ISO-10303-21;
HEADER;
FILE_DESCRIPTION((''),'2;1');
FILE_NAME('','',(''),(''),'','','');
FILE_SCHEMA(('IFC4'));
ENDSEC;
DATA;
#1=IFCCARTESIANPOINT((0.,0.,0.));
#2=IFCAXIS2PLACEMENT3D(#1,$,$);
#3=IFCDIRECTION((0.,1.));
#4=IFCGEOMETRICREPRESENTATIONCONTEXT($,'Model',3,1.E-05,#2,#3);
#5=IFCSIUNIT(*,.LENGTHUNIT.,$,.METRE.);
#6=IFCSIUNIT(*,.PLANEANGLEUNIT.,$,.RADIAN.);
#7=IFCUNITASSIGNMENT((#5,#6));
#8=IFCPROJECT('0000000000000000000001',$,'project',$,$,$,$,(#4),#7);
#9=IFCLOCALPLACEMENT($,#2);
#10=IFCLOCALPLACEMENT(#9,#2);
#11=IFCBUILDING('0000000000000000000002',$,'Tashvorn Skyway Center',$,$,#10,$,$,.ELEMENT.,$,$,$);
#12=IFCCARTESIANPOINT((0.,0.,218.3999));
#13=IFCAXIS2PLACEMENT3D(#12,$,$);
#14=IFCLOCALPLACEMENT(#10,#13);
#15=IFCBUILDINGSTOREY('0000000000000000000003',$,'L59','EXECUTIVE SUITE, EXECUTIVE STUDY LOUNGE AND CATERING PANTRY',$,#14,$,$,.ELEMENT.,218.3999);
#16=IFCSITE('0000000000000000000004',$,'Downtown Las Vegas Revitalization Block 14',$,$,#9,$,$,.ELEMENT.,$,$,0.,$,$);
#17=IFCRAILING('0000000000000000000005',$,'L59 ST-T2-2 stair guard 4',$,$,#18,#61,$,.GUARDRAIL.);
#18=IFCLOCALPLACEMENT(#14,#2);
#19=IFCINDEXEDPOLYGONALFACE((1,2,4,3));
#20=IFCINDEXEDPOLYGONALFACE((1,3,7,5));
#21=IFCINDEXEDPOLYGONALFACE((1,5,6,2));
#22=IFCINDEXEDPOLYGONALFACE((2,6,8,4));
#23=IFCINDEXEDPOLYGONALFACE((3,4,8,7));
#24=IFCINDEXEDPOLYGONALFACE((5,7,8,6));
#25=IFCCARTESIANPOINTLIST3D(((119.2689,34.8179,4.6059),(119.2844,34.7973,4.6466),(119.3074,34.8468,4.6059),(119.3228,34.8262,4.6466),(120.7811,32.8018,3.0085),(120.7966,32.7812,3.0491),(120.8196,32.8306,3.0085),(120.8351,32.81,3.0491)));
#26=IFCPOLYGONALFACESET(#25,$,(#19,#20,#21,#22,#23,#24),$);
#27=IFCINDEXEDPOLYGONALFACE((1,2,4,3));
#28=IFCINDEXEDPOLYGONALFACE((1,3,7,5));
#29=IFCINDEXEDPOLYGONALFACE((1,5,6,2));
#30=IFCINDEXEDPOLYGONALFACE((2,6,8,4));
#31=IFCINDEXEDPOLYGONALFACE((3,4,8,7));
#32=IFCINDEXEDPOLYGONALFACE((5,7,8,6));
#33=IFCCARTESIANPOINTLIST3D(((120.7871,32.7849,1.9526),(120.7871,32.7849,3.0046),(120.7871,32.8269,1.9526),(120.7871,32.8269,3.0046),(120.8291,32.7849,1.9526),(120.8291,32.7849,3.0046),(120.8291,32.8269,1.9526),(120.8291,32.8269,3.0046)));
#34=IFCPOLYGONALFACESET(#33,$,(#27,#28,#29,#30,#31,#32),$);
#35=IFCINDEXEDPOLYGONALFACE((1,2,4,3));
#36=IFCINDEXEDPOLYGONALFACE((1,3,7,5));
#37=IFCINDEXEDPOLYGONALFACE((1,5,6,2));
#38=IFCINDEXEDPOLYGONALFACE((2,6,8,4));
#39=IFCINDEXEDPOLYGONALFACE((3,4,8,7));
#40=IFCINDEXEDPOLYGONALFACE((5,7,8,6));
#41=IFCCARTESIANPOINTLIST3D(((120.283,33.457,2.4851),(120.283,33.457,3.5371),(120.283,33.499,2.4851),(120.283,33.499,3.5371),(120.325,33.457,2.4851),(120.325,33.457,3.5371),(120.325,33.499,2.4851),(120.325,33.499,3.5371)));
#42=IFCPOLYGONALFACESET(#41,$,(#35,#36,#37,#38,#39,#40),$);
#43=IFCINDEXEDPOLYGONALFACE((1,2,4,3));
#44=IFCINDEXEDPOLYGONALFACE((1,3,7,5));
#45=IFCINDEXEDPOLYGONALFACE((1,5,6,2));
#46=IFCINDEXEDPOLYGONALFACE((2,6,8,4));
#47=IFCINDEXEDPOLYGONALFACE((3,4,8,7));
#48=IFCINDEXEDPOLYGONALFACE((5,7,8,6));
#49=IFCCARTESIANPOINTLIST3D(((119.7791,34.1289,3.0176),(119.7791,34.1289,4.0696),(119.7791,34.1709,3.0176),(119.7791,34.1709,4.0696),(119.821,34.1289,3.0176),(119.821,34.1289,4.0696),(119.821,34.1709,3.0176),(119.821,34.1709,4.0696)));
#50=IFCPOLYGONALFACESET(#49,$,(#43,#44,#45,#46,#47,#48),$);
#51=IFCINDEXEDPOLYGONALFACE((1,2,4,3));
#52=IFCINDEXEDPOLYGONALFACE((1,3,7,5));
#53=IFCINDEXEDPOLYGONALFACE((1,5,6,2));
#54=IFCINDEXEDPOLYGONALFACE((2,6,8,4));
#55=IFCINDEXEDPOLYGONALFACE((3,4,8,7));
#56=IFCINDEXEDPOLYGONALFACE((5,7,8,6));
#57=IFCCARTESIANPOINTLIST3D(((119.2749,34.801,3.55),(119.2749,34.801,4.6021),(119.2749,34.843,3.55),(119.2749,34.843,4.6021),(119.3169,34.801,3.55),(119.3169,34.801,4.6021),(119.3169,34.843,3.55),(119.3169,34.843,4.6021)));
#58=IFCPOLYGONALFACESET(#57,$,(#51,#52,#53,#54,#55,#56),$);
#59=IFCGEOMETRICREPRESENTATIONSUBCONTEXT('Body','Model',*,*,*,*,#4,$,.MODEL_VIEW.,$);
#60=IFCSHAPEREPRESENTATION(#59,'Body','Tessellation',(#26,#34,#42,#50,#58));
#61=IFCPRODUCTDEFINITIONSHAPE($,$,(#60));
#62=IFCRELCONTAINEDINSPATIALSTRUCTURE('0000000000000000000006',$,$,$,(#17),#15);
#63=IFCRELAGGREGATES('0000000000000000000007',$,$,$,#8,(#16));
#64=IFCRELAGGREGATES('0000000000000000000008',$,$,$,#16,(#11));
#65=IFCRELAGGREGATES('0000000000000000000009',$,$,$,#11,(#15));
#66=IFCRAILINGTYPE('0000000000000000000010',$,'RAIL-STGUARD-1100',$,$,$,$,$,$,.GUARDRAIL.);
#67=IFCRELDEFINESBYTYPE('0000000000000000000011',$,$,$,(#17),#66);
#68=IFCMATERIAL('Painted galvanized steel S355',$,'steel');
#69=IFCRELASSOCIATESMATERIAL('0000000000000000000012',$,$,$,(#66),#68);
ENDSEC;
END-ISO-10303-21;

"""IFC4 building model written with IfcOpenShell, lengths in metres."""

from ifc_helpers import new_model, si_unit, direction, frame, origin, origin_2d, place, context, subcontext, project, spatial, rectangle, extrude, material, type_object, element, save


model = new_model("IFC4")

# Units and contexts
model_context = context("Model", 3, precision=1e-05, world=origin(), true_north=direction((0.0, 1.0)))
body_context = subcontext(model_context, "Body", "Model", "MODEL_VIEW")
ifc_project = project(units=[si_unit("LENGTHUNIT", "METRE"), si_unit("PLANEANGLEUNIT", "RADIAN")], contexts=[model_context])

# Site, building, storey
site_placement = place(None, origin())
site = spatial("IfcSite", under=ifc_project, at=site_placement, Name="Downtown Las Vegas Revitalization Block 14", CompositionType="ELEMENT", RefElevation=0.0)
building_placement = place(site_placement, origin())
building = spatial("IfcBuilding", under=site, at=building_placement, Name="Tashvorn Skyway Center", CompositionType="ELEMENT")
storey_placement = place(building_placement, frame((0.0, 0.0, 218.3999)))
storey = spatial("IfcBuildingStorey", under=building, at=storey_placement, Name="L59", Description="EXECUTIVE SUITE, EXECUTIVE STUDY LOUNGE AND CATERING PANTRY", CompositionType="ELEMENT", Elevation=218.3999)

# Railing
ifc_material_1 = material(Name="Painted galvanized steel S355", Category="steel")
railing_type_1 = type_object("IfcRailingType", Name="RAIL-STGUARD-1100", PredefinedType="GUARDRAIL", material=ifc_material_1)
railing_1_placement = place(storey_placement, frame((120.8081, 32.8059, 1.9526)))
element("IfcRailing", 1, at=railing_1_placement, inside=storey, type_object=railing_type_1, Name="L59 ST-T2-2 stair guard 4", PredefinedType="GUARDRAIL", context=body_context, shape_type="SweptSolid", body=[
    extrude(rectangle(XDim=0.0481, YDim=0.0481, at=origin_2d()), frame((0.0, 0.0, 1.0762), z_axis=(-0.506802, 0.675681, 0.535357), x_axis=(-0.799977, -0.600031, 0.0)), (0.0, 0.0, 1.0), 2.9839),
    extrude(rectangle(XDim=0.042, YDim=0.042, at=origin_2d()), origin(), (0.0, 0.0, 1.0), 1.052),
    extrude(rectangle(XDim=0.042, YDim=0.042, at=origin_2d()), frame((-0.5042, 0.6721, 0.5325)), (0.0, 0.0, 1.0), 1.052),
    extrude(rectangle(XDim=0.042, YDim=0.042, at=origin_2d()), frame((-1.0081, 1.344, 1.0649)), (0.0, 0.0, 1.0), 1.052),
    extrude(rectangle(XDim=0.042, YDim=0.042, at=origin_2d()), frame((-1.5122, 2.0161, 1.5974)), (0.0, 0.0, 1.0), 1.052),
])

save(model, "model.ifc")
